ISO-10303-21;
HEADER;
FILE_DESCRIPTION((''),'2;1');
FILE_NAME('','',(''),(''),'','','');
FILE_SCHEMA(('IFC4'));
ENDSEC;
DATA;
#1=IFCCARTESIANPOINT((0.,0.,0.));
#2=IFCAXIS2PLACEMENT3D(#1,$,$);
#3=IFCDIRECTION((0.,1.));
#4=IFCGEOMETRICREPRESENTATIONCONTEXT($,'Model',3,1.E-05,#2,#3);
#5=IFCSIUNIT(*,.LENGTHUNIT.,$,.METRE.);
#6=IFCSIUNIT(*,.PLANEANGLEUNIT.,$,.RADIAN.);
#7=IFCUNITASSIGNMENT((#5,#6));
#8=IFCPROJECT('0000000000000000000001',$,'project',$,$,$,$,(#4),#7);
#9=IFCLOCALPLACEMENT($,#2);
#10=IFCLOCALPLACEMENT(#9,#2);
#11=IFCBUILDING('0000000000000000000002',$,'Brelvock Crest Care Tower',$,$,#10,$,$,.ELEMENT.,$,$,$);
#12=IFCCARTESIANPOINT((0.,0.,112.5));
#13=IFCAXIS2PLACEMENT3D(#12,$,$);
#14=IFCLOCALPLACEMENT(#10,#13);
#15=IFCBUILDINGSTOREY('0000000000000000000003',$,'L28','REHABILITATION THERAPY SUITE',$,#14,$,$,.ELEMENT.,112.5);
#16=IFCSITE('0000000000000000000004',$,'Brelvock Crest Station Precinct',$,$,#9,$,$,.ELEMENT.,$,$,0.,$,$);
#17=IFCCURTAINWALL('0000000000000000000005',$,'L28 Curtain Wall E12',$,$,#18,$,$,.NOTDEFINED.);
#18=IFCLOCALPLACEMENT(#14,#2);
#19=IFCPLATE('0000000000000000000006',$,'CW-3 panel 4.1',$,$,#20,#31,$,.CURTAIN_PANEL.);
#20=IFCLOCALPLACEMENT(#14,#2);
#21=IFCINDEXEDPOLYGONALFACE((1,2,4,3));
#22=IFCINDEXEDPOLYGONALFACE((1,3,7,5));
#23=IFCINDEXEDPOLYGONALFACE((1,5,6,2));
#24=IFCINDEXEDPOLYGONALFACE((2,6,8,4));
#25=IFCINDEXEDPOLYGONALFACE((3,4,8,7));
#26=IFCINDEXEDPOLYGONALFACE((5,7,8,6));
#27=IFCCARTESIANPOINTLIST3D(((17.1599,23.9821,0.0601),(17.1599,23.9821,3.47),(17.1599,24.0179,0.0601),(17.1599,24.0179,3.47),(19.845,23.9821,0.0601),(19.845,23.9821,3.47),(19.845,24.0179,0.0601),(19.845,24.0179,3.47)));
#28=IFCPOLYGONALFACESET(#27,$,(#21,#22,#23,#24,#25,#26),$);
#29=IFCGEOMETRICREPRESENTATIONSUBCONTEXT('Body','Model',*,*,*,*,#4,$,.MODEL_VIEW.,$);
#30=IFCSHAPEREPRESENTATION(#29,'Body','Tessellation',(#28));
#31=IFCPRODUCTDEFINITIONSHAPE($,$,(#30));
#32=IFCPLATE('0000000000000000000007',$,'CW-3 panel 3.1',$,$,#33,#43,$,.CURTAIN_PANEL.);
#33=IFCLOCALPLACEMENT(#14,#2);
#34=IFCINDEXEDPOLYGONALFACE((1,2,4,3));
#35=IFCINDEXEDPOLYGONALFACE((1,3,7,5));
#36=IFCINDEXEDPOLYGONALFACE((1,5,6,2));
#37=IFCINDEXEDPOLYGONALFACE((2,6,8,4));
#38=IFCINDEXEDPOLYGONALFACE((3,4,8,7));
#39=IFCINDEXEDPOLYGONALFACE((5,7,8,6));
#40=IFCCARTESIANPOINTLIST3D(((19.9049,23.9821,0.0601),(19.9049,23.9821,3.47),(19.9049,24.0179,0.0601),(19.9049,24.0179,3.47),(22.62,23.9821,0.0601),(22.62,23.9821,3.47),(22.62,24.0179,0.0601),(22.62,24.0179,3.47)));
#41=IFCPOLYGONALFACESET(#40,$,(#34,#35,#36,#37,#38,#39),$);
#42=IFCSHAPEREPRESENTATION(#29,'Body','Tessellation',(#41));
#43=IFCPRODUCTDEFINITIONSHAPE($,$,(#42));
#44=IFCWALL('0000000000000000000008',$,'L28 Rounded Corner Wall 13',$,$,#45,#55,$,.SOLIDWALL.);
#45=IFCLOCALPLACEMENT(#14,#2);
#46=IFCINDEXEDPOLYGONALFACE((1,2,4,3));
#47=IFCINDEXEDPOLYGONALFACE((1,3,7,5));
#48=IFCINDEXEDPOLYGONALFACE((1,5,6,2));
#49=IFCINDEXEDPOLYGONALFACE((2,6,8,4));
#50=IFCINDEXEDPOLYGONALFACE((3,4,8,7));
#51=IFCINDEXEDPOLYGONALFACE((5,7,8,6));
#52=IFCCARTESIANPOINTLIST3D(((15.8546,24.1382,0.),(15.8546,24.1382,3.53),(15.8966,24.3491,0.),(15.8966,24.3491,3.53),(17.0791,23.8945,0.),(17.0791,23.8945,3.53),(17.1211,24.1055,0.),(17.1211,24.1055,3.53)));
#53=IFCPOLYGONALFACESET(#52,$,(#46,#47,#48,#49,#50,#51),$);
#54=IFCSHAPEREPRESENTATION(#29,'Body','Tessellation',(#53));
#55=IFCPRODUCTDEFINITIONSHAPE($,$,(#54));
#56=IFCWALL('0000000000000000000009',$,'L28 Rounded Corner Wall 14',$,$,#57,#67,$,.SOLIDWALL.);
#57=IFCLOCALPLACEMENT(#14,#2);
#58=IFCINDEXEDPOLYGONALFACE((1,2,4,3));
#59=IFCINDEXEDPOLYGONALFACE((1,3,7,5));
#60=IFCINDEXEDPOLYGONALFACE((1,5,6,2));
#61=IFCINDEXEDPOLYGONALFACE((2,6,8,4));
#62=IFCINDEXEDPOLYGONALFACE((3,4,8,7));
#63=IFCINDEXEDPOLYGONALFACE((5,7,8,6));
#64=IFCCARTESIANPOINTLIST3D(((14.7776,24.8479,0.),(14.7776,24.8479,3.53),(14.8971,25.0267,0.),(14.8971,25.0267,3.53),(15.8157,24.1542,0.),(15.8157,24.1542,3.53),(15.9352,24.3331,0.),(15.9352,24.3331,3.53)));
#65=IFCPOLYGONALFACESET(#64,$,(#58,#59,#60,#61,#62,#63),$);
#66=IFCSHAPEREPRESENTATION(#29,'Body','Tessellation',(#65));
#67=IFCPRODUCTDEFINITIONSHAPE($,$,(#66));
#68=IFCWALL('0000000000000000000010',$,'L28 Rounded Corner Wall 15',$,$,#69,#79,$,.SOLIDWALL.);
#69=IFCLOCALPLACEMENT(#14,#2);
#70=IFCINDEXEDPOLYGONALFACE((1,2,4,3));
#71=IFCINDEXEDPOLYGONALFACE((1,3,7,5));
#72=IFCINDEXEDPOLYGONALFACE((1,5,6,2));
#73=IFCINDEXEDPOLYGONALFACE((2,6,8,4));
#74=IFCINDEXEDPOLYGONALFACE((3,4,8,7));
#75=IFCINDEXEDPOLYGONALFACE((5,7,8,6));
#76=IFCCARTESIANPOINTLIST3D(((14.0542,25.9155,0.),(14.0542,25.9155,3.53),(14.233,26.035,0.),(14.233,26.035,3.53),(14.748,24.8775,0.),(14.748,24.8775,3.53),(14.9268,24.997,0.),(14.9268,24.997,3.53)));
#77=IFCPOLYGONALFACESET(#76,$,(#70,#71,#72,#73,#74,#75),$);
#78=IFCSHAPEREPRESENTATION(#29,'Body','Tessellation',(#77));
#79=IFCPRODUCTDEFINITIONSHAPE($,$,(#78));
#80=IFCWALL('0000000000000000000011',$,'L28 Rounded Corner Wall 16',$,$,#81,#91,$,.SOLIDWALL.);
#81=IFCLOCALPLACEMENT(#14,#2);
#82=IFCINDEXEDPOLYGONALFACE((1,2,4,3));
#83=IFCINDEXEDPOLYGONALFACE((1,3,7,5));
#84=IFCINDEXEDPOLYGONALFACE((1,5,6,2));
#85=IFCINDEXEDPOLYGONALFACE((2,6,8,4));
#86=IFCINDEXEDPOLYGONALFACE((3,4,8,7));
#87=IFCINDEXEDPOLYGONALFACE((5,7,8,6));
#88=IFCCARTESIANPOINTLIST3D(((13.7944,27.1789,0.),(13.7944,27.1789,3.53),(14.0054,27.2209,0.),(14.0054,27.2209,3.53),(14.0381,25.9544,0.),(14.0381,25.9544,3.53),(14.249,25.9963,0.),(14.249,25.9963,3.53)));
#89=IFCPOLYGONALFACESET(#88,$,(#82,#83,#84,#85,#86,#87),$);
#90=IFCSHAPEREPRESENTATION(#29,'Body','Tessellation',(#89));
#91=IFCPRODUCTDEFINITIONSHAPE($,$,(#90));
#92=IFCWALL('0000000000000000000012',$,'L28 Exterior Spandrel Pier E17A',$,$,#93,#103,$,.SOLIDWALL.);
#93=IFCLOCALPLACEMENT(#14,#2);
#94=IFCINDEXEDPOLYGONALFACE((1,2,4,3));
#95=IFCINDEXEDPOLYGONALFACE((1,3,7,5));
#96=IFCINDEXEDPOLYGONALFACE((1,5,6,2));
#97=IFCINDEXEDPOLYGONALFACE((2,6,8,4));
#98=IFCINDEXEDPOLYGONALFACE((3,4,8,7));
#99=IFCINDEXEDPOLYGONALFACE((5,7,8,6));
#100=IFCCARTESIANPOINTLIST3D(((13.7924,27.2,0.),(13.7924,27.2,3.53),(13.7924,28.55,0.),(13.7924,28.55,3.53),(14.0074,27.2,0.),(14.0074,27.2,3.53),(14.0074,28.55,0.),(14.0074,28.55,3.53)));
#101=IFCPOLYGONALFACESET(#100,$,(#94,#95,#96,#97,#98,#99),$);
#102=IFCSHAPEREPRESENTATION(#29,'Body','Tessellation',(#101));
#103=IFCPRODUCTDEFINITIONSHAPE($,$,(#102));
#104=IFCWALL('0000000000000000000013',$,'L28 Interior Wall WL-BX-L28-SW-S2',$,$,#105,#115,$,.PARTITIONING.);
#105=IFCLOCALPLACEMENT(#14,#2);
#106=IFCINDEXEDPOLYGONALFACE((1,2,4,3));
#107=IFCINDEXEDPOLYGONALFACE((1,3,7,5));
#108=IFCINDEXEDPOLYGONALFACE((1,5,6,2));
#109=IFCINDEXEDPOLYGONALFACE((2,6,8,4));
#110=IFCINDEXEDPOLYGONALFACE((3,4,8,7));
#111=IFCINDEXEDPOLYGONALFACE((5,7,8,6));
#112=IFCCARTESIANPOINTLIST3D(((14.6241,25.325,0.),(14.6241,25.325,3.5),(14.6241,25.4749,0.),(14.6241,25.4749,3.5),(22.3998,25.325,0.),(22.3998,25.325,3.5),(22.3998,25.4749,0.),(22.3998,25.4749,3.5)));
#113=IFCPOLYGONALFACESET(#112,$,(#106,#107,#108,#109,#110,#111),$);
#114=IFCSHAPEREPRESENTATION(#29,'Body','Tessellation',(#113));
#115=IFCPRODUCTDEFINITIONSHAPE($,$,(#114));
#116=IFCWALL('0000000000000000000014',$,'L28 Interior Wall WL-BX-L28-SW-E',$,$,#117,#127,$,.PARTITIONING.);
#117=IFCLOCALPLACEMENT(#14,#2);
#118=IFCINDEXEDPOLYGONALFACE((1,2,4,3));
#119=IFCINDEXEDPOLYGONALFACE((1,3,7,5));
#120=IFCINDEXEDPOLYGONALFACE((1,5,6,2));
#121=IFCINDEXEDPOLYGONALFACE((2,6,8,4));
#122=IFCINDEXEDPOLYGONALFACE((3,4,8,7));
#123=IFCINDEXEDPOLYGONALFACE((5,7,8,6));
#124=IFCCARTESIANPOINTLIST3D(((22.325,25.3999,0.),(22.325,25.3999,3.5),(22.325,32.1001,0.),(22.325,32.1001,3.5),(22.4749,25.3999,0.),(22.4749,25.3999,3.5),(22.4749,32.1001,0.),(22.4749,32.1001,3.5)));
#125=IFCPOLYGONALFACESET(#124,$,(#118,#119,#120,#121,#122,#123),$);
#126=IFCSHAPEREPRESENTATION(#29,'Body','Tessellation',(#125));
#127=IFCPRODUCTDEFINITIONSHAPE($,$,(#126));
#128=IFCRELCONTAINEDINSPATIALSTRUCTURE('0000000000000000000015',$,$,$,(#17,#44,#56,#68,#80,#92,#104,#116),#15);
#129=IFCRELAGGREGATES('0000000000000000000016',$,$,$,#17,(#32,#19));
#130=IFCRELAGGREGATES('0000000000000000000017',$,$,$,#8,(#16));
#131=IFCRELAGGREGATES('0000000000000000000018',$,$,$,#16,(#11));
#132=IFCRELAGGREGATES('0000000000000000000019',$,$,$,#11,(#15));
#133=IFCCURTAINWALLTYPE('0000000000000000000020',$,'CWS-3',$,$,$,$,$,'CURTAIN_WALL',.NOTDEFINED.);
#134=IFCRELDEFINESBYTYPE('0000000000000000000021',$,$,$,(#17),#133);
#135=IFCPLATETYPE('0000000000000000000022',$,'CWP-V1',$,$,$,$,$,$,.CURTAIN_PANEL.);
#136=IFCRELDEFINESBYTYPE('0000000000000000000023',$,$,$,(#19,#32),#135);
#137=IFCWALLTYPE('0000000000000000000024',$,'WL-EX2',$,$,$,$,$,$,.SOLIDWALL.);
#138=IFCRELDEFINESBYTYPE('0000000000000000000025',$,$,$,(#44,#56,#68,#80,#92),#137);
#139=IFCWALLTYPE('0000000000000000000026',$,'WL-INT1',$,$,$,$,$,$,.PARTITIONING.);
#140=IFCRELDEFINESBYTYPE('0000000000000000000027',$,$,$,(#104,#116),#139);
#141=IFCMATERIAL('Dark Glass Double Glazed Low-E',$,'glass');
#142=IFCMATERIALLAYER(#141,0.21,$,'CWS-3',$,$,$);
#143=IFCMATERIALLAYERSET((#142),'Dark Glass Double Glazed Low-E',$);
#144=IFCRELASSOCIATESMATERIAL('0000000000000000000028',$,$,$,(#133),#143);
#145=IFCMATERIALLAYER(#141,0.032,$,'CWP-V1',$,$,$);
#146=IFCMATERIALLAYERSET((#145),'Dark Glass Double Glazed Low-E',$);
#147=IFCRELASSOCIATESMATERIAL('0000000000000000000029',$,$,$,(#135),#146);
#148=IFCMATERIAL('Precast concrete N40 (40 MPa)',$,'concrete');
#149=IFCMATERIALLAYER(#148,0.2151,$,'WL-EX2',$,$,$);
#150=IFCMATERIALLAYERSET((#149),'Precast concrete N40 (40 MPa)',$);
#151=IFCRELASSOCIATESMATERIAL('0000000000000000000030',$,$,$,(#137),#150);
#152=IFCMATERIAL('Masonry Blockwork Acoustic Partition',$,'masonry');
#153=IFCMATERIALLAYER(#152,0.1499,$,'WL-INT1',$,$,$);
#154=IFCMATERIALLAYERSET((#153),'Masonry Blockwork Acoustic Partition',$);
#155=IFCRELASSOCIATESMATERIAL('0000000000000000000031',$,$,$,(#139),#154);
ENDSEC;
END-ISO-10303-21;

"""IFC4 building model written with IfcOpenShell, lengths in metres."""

from ifc_helpers import new_model, si_unit, direction, frame, frame_2d, origin, origin_2d, place, context, subcontext, project, spatial, rectangle, extrude, source, transform, mapped, material, layer, layer_set, type_object, element, aggregate, save


model = new_model("IFC4")

# Units and contexts
model_context = context("Model", 3, precision=1e-05, world=origin(), true_north=direction((0.0, 1.0)))
body_context = subcontext(model_context, "Body", "Model", "MODEL_VIEW")
ifc_project = project(units=[si_unit("LENGTHUNIT", "METRE"), si_unit("PLANEANGLEUNIT", "RADIAN")], contexts=[model_context])

# Site, building, storey
site_placement = place(None, origin())
site = spatial("IfcSite", under=ifc_project, at=site_placement, Name="Brelvock Crest Station Precinct", CompositionType="ELEMENT", RefElevation=0.0)
building_placement = place(site_placement, origin())
building = spatial("IfcBuilding", under=site, at=building_placement, Name="Brelvock Crest Care Tower", CompositionType="ELEMENT")
storey_placement = place(building_placement, frame((0.0, 0.0, 112.5)))
storey = spatial("IfcBuildingStorey", under=building, at=storey_placement, Name="L28", Description="REHABILITATION THERAPY SUITE", CompositionType="ELEMENT", Elevation=112.5)

# Curtain wall, plates
ifc_material_1 = material(Name="Dark Glass Double Glazed Low-E", Category="glass")
ifc_layer_1 = layer(ifc_material_1, 0.21, Name="CWS-3")
ifc_layer_set_1 = layer_set([ifc_layer_1], Name="Dark Glass Double Glazed Low-E")
curtain_wall_type = type_object("IfcCurtainWallType", Name="CWS-3", ElementType="CURTAIN_WALL", PredefinedType="NOTDEFINED", material=ifc_layer_set_1)
curtain_wall_placement = place(storey_placement, origin())
curtain_wall = element("IfcCurtainWall", 1, at=curtain_wall_placement, inside=storey, type_object=curtain_wall_type, Name="L28 Curtain Wall E12", PredefinedType="NOTDEFINED")
ifc_layer_2 = layer(ifc_material_1, 0.032, Name="CWP-V1")
ifc_layer_set_2 = layer_set([ifc_layer_2], Name="Dark Glass Double Glazed Low-E")
plate_type = type_object("IfcPlateType", Name="CWP-V1", PredefinedType="CURTAIN_PANEL", material=ifc_layer_set_2)
shared_shape_1 = source(origin(), body_context, "Body", "SweptSolid", [
    extrude(rectangle(XDim=2.6851, YDim=0.0359, at=origin_2d()), origin(), (0.0, 0.0, 1.0), 3.4099),
])
plate_1_placement = place(storey_placement, frame((18.5024, 24.0, 0.0601), z_axis=(0.0, 0.0, 1.0), x_axis=(-1.0, 0.0, 0.0)))
plate_1 = element("IfcPlate", 2, at=plate_1_placement, type_object=plate_type, Name="CW-3 panel 4.1", PredefinedType="CURTAIN_PANEL", context=body_context, shape_type="MappedRepresentation", body=[
    mapped(shared_shape_1, transform((0.0, 0.0, 0.0), x_axis=(1.0, 0.0, 0.0), y_axis=(0.0, 1.0, 0.0), z_axis=(0.0, 0.0, 1.0), scale=1.0)),
])
shared_shape_2 = source(origin(), body_context, "Body", "SweptSolid", [
    extrude(rectangle(XDim=2.7151, YDim=0.0359, at=origin_2d()), origin(), (0.0, 0.0, 1.0), 3.4099),
])
plate_2_placement = place(storey_placement, frame((21.2625, 24.0, 0.0601), z_axis=(0.0, 0.0, 1.0), x_axis=(-1.0, 0.0, 0.0)))
plate_2 = element("IfcPlate", 3, at=plate_2_placement, type_object=plate_type, Name="CW-3 panel 3.1", PredefinedType="CURTAIN_PANEL", context=body_context, shape_type="MappedRepresentation", body=[
    mapped(shared_shape_2, transform((0.0, 0.0, 0.0), x_axis=(1.0, 0.0, 0.0), y_axis=(0.0, 1.0, 0.0), z_axis=(0.0, 0.0, 1.0), scale=1.0)),
])
aggregate(curtain_wall, [plate_2, plate_1])

# Shared definitions
ifc_material_2 = material(Name="Precast concrete N40 (40 MPa)", Category="concrete")

# Walls
ifc_layer_3 = layer(ifc_material_2, 0.2151, Name="WL-EX2")
ifc_layer_set_3 = layer_set([ifc_layer_3], Name="Precast concrete N40 (40 MPa)")
wall_type_1 = type_object("IfcWallType", Name="WL-EX2", PredefinedType="SOLIDWALL", material=ifc_layer_set_3)
for number, where, z_axis, x_axis, name in (
    (4, (17.1001, 24.0, 0.0), (0.0, 0.0, 1.0), (-0.980776, 0.195138, 0.0), "L28 Rounded Corner Wall 13"),
    (5, (15.8755, 24.2437, 0.0), (0.0, 0.0, 1.0), (-0.831478, 0.555557, 0.0), "L28 Rounded Corner Wall 14"),
    (6, (14.8374, 24.9373, 0.0), (0.0, 0.0, 1.0), (-0.555692, 0.831388, 0.0), "L28 Rounded Corner Wall 15"),
    (7, (14.1436, 25.9753, 0.0), (0.0, 0.0, 1.0), (-0.195138, 0.980776, 0.0), "L28 Rounded Corner Wall 16"),
):
    element("IfcWall", number, at=place(storey_placement, frame(where, z_axis=z_axis, x_axis=x_axis)), inside=storey, type_object=wall_type_1, Name=name, PredefinedType="SOLIDWALL", context=body_context, shape_type="SweptSolid", body=[
        extrude(rectangle(XDim=1.2485, YDim=0.2151, at=frame_2d((0.6243, 0.0))), origin(), (0.0, 0.0, 1.0), 3.53),
    ])
wall_1_placement = place(storey_placement, frame((13.8999, 27.2, 0.0), z_axis=(0.0, 0.0, 1.0), x_axis=(0.0, 1.0, 0.0)))
element("IfcWall", 8, at=wall_1_placement, inside=storey, type_object=wall_type_1, Name="L28 Exterior Spandrel Pier E17A", PredefinedType="SOLIDWALL", context=body_context, shape_type="SweptSolid", body=[
    extrude(rectangle(XDim=1.3501, YDim=0.2151, at=frame_2d((0.675, 0.0))), origin(), (0.0, 0.0, 1.0), 3.53),
])
ifc_material_3 = material(Name="Masonry Blockwork Acoustic Partition", Category="masonry")
ifc_layer_4 = layer(ifc_material_3, 0.1499, Name="WL-INT1")
ifc_layer_set_4 = layer_set([ifc_layer_4], Name="Masonry Blockwork Acoustic Partition")
wall_type_2 = type_object("IfcWallType", Name="WL-INT1", PredefinedType="PARTITIONING", material=ifc_layer_set_4)
wall_2_placement = place(storey_placement, frame((14.6243, 25.3999, 0.0), z_axis=(0.0, 0.0, 1.0), x_axis=(1.0, 0.0, 0.0)))
element("IfcWall", 9, at=wall_2_placement, inside=storey, type_object=wall_type_2, Name="L28 Interior Wall WL-BX-L28-SW-S2", PredefinedType="PARTITIONING", context=body_context, shape_type="SweptSolid", body=[
    extrude(rectangle(XDim=7.7756, YDim=0.1499, at=frame_2d((3.8877, 0.0))), origin(), (0.0, 0.0, 1.0), 3.5),
])
wall_3_placement = place(storey_placement, frame((22.3999, 25.3999, 0.0), z_axis=(0.0, 0.0, 1.0), x_axis=(0.0, 1.0, 0.0)))
element("IfcWall", 10, at=wall_3_placement, inside=storey, type_object=wall_type_2, Name="L28 Interior Wall WL-BX-L28-SW-E", PredefinedType="PARTITIONING", context=body_context, shape_type="SweptSolid", body=[
    extrude(rectangle(XDim=6.7002, YDim=0.1499, at=frame_2d((3.3501, 0.0))), origin(), (0.0, 0.0, 1.0), 3.5),
])

save(model, "model.ifc")
